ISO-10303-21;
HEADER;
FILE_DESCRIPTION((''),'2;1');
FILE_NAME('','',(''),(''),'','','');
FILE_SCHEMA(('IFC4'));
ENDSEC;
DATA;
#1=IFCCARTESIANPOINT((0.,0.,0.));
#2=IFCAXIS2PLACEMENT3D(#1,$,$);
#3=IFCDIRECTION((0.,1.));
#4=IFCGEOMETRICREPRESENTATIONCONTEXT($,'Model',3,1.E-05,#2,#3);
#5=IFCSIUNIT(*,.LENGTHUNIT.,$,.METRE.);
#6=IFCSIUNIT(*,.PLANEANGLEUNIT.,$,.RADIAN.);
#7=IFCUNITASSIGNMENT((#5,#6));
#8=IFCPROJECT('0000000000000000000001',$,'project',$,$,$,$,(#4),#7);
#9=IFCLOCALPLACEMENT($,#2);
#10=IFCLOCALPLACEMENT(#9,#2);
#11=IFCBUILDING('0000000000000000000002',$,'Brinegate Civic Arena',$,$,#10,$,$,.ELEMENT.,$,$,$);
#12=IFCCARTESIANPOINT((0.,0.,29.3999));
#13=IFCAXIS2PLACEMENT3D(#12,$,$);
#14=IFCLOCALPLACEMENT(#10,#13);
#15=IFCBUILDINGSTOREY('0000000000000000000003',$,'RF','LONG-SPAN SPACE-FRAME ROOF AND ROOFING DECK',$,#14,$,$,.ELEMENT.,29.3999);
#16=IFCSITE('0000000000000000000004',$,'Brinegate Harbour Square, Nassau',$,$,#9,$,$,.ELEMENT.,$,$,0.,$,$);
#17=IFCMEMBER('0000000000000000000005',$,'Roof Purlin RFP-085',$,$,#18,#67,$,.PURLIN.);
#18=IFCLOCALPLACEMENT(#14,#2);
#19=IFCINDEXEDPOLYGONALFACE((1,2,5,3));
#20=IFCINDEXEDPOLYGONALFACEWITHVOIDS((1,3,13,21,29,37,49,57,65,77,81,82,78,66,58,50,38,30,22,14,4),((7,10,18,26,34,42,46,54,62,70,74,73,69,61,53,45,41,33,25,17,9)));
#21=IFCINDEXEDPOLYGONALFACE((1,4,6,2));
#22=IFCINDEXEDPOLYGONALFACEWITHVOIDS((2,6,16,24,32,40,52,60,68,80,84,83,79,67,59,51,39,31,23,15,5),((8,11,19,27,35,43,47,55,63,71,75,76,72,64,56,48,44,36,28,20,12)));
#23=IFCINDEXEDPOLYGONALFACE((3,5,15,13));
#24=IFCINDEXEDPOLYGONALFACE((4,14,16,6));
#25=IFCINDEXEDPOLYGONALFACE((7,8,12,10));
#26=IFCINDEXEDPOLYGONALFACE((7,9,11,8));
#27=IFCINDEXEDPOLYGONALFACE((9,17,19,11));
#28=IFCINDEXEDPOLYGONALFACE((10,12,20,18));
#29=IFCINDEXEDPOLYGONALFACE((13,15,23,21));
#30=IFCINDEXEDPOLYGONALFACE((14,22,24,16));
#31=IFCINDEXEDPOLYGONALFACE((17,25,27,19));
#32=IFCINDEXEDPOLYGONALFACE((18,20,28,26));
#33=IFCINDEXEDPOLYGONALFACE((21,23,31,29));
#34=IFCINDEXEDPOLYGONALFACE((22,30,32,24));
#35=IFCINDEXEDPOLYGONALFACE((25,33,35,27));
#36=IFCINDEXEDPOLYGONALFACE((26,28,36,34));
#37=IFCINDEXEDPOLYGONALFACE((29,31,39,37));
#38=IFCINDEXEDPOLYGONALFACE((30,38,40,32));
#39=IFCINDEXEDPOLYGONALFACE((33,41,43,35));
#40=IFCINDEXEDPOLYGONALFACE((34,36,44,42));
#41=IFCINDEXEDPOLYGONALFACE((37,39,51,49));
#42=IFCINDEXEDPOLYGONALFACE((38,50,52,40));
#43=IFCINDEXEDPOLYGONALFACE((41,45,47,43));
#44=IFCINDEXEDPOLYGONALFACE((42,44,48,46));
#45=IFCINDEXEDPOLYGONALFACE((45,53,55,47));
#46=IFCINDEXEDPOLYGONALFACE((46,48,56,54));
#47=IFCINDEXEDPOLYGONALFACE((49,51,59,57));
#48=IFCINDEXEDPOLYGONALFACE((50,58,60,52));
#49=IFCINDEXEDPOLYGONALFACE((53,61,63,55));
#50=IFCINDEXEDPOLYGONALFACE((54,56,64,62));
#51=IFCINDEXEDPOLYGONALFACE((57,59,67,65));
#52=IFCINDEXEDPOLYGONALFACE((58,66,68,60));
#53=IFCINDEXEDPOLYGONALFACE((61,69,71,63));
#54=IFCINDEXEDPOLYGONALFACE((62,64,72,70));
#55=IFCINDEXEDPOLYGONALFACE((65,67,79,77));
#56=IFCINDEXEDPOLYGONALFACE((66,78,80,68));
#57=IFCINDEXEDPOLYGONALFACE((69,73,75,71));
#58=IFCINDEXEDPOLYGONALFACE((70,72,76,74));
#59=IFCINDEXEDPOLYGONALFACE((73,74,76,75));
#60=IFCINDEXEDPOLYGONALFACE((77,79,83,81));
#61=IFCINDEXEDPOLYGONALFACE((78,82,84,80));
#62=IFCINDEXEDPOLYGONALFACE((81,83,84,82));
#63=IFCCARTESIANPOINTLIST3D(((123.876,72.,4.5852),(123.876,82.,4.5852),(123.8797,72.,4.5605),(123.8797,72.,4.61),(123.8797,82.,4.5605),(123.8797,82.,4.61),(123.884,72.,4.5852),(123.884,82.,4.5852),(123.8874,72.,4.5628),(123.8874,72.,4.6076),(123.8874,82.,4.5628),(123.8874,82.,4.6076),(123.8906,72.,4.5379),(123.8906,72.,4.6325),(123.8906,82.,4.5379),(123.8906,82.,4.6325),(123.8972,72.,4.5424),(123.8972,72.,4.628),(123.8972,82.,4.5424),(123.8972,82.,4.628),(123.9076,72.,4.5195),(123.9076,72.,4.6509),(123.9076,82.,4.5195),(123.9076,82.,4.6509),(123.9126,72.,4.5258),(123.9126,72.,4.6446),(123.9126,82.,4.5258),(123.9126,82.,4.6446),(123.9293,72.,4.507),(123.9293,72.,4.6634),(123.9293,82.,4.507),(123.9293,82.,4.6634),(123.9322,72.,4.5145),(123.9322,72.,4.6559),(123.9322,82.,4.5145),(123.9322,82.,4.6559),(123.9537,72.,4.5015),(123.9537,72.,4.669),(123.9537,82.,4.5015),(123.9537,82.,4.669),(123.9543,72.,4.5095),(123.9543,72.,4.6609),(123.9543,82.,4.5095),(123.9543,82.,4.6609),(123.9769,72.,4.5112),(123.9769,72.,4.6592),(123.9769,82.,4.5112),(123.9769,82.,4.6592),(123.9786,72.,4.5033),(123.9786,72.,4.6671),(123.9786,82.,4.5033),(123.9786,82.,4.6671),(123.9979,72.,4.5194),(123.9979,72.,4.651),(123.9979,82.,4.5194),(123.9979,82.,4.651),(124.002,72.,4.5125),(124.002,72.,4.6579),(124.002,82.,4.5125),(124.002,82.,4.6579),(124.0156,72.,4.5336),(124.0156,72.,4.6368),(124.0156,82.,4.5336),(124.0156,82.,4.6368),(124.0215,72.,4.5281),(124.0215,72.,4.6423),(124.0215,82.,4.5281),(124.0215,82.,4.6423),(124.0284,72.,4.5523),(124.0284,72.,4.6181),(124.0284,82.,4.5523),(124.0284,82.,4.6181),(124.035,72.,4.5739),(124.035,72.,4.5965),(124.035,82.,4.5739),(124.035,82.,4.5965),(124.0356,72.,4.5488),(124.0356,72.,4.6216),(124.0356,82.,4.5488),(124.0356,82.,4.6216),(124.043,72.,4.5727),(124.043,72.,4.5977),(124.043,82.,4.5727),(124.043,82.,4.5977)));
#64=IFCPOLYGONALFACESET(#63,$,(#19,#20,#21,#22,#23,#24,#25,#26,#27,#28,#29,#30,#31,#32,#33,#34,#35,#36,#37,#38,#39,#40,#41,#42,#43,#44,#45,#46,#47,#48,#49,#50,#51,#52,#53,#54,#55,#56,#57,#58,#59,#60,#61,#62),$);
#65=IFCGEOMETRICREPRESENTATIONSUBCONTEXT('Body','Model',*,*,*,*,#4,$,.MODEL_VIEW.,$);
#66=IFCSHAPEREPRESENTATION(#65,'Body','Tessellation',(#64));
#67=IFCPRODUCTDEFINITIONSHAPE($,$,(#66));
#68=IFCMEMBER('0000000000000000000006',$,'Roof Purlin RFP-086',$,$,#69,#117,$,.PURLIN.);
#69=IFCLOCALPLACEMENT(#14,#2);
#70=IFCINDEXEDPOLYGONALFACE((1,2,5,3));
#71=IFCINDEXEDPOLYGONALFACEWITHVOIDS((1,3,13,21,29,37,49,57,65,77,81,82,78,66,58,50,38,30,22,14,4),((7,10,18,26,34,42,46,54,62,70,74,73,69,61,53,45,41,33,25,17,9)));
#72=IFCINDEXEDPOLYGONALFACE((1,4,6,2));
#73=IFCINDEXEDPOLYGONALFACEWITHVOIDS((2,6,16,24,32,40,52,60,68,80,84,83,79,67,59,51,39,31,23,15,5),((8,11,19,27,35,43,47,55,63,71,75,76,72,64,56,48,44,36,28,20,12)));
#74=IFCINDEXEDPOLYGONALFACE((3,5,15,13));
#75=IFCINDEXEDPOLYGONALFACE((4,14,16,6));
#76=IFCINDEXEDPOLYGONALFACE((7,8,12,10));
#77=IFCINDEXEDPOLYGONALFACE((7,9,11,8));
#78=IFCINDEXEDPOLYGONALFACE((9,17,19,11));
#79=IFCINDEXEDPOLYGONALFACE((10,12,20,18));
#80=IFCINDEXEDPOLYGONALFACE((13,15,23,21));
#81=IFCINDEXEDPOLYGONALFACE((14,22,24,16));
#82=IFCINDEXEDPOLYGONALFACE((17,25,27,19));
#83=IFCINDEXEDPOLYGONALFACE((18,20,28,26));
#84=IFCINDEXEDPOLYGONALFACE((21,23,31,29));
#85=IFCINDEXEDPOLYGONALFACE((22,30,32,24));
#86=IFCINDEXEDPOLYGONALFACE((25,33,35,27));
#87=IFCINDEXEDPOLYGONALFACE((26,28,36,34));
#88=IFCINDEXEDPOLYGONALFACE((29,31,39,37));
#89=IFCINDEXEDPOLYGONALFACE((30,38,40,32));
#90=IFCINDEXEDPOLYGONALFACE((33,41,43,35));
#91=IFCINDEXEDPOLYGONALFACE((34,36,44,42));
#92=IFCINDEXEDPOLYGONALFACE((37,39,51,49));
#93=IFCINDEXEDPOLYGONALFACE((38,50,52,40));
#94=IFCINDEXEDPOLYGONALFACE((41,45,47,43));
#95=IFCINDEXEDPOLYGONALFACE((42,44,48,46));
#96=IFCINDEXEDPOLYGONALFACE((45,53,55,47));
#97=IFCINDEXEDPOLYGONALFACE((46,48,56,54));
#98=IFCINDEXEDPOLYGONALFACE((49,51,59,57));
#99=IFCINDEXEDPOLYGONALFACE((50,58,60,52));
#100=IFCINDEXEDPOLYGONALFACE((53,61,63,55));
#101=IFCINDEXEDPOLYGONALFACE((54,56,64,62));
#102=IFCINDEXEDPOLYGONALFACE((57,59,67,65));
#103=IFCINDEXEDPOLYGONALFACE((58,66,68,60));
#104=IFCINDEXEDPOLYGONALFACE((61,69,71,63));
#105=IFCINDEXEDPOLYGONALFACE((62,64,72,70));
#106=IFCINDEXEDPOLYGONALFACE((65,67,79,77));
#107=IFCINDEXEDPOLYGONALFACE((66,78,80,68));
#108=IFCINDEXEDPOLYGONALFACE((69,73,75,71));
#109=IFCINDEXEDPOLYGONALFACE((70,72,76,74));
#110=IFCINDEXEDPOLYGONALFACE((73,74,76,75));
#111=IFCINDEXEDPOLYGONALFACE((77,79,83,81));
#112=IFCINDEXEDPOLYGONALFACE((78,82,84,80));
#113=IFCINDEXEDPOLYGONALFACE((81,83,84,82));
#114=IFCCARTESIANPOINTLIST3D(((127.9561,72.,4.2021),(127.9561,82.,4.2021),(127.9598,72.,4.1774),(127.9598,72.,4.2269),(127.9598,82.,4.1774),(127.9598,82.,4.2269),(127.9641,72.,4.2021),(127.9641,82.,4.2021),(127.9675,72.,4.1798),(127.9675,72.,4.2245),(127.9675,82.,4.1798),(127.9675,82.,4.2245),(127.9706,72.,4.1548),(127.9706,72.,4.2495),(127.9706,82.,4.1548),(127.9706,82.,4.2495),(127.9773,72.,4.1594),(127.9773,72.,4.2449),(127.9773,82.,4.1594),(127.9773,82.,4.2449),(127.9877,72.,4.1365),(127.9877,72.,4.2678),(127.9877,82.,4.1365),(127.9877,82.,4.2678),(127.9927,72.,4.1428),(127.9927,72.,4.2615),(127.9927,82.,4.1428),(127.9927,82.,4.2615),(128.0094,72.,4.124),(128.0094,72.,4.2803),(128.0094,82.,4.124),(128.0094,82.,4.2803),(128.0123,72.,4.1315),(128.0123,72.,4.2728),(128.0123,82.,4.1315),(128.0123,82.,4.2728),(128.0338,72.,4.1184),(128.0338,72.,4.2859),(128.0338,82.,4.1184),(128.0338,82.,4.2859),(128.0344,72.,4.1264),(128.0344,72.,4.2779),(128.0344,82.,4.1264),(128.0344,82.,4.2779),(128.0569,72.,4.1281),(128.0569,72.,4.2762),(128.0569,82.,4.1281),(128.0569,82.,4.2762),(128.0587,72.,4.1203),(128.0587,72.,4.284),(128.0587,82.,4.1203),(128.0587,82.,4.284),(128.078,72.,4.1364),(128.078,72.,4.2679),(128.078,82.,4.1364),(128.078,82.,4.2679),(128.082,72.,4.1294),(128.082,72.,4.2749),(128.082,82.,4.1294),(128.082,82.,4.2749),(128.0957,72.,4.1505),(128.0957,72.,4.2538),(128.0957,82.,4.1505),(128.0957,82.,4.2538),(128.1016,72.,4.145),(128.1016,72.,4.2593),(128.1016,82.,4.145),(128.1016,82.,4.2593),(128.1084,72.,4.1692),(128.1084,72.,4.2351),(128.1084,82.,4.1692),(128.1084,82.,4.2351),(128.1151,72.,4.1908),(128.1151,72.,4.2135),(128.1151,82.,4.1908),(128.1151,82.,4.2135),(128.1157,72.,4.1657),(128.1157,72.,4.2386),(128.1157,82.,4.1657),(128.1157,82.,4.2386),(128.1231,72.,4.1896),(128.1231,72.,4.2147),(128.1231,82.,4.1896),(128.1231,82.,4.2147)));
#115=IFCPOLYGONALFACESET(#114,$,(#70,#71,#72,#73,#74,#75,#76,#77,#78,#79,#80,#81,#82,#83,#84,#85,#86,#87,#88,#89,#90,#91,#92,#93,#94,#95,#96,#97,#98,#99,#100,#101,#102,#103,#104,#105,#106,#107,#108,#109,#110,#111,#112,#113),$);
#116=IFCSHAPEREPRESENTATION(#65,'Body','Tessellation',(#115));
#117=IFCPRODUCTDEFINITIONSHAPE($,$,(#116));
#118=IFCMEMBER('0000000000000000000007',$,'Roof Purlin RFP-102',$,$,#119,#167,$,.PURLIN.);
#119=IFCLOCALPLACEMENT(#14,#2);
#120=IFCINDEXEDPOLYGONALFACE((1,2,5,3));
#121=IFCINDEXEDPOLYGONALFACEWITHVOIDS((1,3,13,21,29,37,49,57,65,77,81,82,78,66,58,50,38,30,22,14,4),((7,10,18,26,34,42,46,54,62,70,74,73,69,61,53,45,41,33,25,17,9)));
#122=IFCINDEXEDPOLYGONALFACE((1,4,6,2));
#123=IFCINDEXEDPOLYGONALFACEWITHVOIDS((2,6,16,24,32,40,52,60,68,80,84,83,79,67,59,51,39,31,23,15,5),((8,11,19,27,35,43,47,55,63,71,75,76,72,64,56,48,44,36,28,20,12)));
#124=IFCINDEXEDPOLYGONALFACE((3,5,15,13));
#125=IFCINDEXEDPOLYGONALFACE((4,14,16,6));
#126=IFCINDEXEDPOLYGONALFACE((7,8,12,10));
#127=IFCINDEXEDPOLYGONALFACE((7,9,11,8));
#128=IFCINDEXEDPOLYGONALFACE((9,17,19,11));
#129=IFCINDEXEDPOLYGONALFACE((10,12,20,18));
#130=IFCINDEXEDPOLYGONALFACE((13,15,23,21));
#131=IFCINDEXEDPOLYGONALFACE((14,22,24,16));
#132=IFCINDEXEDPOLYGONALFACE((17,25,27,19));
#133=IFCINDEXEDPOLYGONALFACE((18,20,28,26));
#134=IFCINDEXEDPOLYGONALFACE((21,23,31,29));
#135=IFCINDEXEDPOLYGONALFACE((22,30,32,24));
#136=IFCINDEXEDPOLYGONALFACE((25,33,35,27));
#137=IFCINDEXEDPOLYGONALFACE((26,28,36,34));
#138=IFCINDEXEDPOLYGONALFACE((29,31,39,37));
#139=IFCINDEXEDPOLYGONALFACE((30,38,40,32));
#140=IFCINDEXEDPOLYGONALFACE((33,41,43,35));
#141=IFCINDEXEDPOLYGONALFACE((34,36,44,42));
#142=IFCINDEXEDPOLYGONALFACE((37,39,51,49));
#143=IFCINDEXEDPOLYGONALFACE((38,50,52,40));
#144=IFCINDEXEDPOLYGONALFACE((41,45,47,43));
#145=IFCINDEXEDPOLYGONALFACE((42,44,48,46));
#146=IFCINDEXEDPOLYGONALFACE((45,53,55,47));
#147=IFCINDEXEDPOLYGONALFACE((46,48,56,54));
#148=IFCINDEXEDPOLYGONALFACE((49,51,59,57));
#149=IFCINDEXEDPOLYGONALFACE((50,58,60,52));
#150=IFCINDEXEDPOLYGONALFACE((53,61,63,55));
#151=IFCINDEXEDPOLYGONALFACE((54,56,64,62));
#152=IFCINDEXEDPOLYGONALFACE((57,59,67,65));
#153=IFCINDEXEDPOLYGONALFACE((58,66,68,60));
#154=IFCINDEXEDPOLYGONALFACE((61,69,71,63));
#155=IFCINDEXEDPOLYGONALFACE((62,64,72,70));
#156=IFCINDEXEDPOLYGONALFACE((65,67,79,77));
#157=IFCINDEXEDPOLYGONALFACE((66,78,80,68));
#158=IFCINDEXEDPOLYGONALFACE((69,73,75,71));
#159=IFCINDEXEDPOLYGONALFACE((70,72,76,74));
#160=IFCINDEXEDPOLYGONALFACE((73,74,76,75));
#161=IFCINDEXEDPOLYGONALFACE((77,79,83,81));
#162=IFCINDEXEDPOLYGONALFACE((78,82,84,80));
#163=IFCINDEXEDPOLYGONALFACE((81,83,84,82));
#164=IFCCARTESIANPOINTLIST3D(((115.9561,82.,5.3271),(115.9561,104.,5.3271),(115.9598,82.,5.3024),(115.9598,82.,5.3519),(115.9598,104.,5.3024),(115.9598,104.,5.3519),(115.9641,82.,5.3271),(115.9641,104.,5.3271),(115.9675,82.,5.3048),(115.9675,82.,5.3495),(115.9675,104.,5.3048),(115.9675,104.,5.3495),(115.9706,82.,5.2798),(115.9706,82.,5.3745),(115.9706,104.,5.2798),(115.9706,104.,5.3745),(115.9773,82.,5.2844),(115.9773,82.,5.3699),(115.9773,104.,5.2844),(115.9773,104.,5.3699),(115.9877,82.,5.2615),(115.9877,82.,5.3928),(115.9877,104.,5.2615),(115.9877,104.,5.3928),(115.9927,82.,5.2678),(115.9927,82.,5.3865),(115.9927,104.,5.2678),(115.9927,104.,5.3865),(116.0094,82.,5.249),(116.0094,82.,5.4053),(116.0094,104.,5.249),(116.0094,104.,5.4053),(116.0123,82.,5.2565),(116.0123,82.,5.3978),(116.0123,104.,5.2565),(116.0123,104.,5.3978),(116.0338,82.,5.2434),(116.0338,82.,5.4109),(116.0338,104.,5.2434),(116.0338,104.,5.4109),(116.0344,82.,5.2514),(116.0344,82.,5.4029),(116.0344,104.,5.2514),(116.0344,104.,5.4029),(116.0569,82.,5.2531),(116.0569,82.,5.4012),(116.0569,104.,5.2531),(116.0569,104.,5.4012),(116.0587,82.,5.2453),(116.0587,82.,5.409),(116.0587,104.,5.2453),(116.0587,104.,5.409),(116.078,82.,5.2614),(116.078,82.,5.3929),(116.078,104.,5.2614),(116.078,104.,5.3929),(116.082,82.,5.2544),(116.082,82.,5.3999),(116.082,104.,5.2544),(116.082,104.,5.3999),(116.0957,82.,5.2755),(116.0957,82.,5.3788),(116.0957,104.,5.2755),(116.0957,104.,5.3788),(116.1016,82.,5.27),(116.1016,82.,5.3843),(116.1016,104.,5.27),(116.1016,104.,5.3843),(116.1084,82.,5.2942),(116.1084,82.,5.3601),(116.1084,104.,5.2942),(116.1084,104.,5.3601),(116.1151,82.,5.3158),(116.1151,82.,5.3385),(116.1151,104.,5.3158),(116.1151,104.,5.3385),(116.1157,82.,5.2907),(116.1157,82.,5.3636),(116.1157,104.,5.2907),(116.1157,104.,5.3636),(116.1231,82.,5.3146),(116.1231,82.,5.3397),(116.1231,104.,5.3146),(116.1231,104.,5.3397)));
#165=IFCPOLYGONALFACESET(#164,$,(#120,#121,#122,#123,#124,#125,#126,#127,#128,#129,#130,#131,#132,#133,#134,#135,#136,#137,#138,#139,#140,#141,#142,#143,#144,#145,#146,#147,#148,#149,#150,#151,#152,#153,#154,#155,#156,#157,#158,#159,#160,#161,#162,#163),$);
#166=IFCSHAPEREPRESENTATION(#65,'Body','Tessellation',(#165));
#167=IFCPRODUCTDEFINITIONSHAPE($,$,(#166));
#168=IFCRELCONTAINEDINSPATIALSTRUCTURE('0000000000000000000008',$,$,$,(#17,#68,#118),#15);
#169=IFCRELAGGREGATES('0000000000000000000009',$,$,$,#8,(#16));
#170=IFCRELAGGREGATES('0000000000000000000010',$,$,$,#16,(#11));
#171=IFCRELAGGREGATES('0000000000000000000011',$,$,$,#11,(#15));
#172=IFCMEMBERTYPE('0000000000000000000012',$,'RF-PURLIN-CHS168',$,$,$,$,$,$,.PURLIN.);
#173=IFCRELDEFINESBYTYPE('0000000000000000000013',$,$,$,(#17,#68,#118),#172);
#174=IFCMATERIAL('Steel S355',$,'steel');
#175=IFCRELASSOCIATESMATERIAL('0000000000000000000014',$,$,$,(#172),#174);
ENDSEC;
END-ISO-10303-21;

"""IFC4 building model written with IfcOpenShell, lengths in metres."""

from ifc_helpers import new_model, si_unit, direction, frame, origin, origin_2d, place, context, subcontext, project, spatial, hollow_circle, extrude, material, material_profile, profile_set, type_object, element, save


model = new_model("IFC4")

# Units and contexts
model_context = context("Model", 3, precision=1e-05, world=origin(), true_north=direction((0.0, 1.0)))
body_context = subcontext(model_context, "Body", "Model", "MODEL_VIEW")
ifc_project = project(units=[si_unit("LENGTHUNIT", "METRE"), si_unit("PLANEANGLEUNIT", "RADIAN")], contexts=[model_context])

# Site, building, storey
site_placement = place(None, origin())
site = spatial("IfcSite", under=ifc_project, at=site_placement, Name="Brinegate Harbour Square, Nassau", CompositionType="ELEMENT", RefElevation=0.0)
building_placement = place(site_placement, origin())
building = spatial("IfcBuilding", under=site, at=building_placement, Name="Brinegate Civic Arena", CompositionType="ELEMENT")
storey_placement = place(building_placement, frame((0.0, 0.0, 29.3999)))
storey = spatial("IfcBuildingStorey", under=building, at=storey_placement, Name="RF", Description="LONG-SPAN SPACE-FRAME ROOF AND ROOFING DECK", CompositionType="ELEMENT", Elevation=29.3999)

# Members
ifc_material = material(Name="Steel S355", Category="steel")
ifc_material_profile_1 = material_profile(ifc_material, hollow_circle(Radius=0.084, WallThickness=0.0081, at=origin_2d()), Name="CHS168X8")
ifc_profile_set_1 = profile_set([ifc_material_profile_1], Name="Steel S355")
member_type_1 = type_object("IfcMemberType", Name="RF-PURLIN-CHS168", PredefinedType="PURLIN", material=ifc_profile_set_1)
for number, where, z_axis, x_axis, name in (
    (1, (123.96, 72.0, 4.5852), (0.0, 1.0, 0.0), (-1.0, 0.0, 0.0), "Roof Purlin RFP-085"),
    (2, (128.04, 72.0, 4.2021), (0.0, 1.0, 0.0), (-1.0, 0.0, 0.0), "Roof Purlin RFP-086"),
):
    element("IfcMember", number, at=place(storey_placement, frame(where, z_axis=z_axis, x_axis=x_axis)), inside=storey, type_object=member_type_1, Name=name, PredefinedType="PURLIN", context=body_context, shape_type="SweptSolid", body=[
        extrude(hollow_circle(Radius=0.084, WallThickness=0.0081, at=origin_2d()), origin(), (0.0, 0.0, 1.0), 10.0),
    ])
member_1_placement = place(storey_placement, frame((116.04, 82.0, 5.3271), z_axis=(0.0, 1.0, 0.0), x_axis=(-1.0, 0.0, 0.0)))
element("IfcMember", 3, at=member_1_placement, inside=storey, type_object=member_type_1, Name="Roof Purlin RFP-102", PredefinedType="PURLIN", context=body_context, shape_type="SweptSolid", body=[
    extrude(hollow_circle(Radius=0.084, WallThickness=0.0081, at=origin_2d()), origin(), (0.0, 0.0, 1.0), 22.0),
])

save(model, "model.ifc")
